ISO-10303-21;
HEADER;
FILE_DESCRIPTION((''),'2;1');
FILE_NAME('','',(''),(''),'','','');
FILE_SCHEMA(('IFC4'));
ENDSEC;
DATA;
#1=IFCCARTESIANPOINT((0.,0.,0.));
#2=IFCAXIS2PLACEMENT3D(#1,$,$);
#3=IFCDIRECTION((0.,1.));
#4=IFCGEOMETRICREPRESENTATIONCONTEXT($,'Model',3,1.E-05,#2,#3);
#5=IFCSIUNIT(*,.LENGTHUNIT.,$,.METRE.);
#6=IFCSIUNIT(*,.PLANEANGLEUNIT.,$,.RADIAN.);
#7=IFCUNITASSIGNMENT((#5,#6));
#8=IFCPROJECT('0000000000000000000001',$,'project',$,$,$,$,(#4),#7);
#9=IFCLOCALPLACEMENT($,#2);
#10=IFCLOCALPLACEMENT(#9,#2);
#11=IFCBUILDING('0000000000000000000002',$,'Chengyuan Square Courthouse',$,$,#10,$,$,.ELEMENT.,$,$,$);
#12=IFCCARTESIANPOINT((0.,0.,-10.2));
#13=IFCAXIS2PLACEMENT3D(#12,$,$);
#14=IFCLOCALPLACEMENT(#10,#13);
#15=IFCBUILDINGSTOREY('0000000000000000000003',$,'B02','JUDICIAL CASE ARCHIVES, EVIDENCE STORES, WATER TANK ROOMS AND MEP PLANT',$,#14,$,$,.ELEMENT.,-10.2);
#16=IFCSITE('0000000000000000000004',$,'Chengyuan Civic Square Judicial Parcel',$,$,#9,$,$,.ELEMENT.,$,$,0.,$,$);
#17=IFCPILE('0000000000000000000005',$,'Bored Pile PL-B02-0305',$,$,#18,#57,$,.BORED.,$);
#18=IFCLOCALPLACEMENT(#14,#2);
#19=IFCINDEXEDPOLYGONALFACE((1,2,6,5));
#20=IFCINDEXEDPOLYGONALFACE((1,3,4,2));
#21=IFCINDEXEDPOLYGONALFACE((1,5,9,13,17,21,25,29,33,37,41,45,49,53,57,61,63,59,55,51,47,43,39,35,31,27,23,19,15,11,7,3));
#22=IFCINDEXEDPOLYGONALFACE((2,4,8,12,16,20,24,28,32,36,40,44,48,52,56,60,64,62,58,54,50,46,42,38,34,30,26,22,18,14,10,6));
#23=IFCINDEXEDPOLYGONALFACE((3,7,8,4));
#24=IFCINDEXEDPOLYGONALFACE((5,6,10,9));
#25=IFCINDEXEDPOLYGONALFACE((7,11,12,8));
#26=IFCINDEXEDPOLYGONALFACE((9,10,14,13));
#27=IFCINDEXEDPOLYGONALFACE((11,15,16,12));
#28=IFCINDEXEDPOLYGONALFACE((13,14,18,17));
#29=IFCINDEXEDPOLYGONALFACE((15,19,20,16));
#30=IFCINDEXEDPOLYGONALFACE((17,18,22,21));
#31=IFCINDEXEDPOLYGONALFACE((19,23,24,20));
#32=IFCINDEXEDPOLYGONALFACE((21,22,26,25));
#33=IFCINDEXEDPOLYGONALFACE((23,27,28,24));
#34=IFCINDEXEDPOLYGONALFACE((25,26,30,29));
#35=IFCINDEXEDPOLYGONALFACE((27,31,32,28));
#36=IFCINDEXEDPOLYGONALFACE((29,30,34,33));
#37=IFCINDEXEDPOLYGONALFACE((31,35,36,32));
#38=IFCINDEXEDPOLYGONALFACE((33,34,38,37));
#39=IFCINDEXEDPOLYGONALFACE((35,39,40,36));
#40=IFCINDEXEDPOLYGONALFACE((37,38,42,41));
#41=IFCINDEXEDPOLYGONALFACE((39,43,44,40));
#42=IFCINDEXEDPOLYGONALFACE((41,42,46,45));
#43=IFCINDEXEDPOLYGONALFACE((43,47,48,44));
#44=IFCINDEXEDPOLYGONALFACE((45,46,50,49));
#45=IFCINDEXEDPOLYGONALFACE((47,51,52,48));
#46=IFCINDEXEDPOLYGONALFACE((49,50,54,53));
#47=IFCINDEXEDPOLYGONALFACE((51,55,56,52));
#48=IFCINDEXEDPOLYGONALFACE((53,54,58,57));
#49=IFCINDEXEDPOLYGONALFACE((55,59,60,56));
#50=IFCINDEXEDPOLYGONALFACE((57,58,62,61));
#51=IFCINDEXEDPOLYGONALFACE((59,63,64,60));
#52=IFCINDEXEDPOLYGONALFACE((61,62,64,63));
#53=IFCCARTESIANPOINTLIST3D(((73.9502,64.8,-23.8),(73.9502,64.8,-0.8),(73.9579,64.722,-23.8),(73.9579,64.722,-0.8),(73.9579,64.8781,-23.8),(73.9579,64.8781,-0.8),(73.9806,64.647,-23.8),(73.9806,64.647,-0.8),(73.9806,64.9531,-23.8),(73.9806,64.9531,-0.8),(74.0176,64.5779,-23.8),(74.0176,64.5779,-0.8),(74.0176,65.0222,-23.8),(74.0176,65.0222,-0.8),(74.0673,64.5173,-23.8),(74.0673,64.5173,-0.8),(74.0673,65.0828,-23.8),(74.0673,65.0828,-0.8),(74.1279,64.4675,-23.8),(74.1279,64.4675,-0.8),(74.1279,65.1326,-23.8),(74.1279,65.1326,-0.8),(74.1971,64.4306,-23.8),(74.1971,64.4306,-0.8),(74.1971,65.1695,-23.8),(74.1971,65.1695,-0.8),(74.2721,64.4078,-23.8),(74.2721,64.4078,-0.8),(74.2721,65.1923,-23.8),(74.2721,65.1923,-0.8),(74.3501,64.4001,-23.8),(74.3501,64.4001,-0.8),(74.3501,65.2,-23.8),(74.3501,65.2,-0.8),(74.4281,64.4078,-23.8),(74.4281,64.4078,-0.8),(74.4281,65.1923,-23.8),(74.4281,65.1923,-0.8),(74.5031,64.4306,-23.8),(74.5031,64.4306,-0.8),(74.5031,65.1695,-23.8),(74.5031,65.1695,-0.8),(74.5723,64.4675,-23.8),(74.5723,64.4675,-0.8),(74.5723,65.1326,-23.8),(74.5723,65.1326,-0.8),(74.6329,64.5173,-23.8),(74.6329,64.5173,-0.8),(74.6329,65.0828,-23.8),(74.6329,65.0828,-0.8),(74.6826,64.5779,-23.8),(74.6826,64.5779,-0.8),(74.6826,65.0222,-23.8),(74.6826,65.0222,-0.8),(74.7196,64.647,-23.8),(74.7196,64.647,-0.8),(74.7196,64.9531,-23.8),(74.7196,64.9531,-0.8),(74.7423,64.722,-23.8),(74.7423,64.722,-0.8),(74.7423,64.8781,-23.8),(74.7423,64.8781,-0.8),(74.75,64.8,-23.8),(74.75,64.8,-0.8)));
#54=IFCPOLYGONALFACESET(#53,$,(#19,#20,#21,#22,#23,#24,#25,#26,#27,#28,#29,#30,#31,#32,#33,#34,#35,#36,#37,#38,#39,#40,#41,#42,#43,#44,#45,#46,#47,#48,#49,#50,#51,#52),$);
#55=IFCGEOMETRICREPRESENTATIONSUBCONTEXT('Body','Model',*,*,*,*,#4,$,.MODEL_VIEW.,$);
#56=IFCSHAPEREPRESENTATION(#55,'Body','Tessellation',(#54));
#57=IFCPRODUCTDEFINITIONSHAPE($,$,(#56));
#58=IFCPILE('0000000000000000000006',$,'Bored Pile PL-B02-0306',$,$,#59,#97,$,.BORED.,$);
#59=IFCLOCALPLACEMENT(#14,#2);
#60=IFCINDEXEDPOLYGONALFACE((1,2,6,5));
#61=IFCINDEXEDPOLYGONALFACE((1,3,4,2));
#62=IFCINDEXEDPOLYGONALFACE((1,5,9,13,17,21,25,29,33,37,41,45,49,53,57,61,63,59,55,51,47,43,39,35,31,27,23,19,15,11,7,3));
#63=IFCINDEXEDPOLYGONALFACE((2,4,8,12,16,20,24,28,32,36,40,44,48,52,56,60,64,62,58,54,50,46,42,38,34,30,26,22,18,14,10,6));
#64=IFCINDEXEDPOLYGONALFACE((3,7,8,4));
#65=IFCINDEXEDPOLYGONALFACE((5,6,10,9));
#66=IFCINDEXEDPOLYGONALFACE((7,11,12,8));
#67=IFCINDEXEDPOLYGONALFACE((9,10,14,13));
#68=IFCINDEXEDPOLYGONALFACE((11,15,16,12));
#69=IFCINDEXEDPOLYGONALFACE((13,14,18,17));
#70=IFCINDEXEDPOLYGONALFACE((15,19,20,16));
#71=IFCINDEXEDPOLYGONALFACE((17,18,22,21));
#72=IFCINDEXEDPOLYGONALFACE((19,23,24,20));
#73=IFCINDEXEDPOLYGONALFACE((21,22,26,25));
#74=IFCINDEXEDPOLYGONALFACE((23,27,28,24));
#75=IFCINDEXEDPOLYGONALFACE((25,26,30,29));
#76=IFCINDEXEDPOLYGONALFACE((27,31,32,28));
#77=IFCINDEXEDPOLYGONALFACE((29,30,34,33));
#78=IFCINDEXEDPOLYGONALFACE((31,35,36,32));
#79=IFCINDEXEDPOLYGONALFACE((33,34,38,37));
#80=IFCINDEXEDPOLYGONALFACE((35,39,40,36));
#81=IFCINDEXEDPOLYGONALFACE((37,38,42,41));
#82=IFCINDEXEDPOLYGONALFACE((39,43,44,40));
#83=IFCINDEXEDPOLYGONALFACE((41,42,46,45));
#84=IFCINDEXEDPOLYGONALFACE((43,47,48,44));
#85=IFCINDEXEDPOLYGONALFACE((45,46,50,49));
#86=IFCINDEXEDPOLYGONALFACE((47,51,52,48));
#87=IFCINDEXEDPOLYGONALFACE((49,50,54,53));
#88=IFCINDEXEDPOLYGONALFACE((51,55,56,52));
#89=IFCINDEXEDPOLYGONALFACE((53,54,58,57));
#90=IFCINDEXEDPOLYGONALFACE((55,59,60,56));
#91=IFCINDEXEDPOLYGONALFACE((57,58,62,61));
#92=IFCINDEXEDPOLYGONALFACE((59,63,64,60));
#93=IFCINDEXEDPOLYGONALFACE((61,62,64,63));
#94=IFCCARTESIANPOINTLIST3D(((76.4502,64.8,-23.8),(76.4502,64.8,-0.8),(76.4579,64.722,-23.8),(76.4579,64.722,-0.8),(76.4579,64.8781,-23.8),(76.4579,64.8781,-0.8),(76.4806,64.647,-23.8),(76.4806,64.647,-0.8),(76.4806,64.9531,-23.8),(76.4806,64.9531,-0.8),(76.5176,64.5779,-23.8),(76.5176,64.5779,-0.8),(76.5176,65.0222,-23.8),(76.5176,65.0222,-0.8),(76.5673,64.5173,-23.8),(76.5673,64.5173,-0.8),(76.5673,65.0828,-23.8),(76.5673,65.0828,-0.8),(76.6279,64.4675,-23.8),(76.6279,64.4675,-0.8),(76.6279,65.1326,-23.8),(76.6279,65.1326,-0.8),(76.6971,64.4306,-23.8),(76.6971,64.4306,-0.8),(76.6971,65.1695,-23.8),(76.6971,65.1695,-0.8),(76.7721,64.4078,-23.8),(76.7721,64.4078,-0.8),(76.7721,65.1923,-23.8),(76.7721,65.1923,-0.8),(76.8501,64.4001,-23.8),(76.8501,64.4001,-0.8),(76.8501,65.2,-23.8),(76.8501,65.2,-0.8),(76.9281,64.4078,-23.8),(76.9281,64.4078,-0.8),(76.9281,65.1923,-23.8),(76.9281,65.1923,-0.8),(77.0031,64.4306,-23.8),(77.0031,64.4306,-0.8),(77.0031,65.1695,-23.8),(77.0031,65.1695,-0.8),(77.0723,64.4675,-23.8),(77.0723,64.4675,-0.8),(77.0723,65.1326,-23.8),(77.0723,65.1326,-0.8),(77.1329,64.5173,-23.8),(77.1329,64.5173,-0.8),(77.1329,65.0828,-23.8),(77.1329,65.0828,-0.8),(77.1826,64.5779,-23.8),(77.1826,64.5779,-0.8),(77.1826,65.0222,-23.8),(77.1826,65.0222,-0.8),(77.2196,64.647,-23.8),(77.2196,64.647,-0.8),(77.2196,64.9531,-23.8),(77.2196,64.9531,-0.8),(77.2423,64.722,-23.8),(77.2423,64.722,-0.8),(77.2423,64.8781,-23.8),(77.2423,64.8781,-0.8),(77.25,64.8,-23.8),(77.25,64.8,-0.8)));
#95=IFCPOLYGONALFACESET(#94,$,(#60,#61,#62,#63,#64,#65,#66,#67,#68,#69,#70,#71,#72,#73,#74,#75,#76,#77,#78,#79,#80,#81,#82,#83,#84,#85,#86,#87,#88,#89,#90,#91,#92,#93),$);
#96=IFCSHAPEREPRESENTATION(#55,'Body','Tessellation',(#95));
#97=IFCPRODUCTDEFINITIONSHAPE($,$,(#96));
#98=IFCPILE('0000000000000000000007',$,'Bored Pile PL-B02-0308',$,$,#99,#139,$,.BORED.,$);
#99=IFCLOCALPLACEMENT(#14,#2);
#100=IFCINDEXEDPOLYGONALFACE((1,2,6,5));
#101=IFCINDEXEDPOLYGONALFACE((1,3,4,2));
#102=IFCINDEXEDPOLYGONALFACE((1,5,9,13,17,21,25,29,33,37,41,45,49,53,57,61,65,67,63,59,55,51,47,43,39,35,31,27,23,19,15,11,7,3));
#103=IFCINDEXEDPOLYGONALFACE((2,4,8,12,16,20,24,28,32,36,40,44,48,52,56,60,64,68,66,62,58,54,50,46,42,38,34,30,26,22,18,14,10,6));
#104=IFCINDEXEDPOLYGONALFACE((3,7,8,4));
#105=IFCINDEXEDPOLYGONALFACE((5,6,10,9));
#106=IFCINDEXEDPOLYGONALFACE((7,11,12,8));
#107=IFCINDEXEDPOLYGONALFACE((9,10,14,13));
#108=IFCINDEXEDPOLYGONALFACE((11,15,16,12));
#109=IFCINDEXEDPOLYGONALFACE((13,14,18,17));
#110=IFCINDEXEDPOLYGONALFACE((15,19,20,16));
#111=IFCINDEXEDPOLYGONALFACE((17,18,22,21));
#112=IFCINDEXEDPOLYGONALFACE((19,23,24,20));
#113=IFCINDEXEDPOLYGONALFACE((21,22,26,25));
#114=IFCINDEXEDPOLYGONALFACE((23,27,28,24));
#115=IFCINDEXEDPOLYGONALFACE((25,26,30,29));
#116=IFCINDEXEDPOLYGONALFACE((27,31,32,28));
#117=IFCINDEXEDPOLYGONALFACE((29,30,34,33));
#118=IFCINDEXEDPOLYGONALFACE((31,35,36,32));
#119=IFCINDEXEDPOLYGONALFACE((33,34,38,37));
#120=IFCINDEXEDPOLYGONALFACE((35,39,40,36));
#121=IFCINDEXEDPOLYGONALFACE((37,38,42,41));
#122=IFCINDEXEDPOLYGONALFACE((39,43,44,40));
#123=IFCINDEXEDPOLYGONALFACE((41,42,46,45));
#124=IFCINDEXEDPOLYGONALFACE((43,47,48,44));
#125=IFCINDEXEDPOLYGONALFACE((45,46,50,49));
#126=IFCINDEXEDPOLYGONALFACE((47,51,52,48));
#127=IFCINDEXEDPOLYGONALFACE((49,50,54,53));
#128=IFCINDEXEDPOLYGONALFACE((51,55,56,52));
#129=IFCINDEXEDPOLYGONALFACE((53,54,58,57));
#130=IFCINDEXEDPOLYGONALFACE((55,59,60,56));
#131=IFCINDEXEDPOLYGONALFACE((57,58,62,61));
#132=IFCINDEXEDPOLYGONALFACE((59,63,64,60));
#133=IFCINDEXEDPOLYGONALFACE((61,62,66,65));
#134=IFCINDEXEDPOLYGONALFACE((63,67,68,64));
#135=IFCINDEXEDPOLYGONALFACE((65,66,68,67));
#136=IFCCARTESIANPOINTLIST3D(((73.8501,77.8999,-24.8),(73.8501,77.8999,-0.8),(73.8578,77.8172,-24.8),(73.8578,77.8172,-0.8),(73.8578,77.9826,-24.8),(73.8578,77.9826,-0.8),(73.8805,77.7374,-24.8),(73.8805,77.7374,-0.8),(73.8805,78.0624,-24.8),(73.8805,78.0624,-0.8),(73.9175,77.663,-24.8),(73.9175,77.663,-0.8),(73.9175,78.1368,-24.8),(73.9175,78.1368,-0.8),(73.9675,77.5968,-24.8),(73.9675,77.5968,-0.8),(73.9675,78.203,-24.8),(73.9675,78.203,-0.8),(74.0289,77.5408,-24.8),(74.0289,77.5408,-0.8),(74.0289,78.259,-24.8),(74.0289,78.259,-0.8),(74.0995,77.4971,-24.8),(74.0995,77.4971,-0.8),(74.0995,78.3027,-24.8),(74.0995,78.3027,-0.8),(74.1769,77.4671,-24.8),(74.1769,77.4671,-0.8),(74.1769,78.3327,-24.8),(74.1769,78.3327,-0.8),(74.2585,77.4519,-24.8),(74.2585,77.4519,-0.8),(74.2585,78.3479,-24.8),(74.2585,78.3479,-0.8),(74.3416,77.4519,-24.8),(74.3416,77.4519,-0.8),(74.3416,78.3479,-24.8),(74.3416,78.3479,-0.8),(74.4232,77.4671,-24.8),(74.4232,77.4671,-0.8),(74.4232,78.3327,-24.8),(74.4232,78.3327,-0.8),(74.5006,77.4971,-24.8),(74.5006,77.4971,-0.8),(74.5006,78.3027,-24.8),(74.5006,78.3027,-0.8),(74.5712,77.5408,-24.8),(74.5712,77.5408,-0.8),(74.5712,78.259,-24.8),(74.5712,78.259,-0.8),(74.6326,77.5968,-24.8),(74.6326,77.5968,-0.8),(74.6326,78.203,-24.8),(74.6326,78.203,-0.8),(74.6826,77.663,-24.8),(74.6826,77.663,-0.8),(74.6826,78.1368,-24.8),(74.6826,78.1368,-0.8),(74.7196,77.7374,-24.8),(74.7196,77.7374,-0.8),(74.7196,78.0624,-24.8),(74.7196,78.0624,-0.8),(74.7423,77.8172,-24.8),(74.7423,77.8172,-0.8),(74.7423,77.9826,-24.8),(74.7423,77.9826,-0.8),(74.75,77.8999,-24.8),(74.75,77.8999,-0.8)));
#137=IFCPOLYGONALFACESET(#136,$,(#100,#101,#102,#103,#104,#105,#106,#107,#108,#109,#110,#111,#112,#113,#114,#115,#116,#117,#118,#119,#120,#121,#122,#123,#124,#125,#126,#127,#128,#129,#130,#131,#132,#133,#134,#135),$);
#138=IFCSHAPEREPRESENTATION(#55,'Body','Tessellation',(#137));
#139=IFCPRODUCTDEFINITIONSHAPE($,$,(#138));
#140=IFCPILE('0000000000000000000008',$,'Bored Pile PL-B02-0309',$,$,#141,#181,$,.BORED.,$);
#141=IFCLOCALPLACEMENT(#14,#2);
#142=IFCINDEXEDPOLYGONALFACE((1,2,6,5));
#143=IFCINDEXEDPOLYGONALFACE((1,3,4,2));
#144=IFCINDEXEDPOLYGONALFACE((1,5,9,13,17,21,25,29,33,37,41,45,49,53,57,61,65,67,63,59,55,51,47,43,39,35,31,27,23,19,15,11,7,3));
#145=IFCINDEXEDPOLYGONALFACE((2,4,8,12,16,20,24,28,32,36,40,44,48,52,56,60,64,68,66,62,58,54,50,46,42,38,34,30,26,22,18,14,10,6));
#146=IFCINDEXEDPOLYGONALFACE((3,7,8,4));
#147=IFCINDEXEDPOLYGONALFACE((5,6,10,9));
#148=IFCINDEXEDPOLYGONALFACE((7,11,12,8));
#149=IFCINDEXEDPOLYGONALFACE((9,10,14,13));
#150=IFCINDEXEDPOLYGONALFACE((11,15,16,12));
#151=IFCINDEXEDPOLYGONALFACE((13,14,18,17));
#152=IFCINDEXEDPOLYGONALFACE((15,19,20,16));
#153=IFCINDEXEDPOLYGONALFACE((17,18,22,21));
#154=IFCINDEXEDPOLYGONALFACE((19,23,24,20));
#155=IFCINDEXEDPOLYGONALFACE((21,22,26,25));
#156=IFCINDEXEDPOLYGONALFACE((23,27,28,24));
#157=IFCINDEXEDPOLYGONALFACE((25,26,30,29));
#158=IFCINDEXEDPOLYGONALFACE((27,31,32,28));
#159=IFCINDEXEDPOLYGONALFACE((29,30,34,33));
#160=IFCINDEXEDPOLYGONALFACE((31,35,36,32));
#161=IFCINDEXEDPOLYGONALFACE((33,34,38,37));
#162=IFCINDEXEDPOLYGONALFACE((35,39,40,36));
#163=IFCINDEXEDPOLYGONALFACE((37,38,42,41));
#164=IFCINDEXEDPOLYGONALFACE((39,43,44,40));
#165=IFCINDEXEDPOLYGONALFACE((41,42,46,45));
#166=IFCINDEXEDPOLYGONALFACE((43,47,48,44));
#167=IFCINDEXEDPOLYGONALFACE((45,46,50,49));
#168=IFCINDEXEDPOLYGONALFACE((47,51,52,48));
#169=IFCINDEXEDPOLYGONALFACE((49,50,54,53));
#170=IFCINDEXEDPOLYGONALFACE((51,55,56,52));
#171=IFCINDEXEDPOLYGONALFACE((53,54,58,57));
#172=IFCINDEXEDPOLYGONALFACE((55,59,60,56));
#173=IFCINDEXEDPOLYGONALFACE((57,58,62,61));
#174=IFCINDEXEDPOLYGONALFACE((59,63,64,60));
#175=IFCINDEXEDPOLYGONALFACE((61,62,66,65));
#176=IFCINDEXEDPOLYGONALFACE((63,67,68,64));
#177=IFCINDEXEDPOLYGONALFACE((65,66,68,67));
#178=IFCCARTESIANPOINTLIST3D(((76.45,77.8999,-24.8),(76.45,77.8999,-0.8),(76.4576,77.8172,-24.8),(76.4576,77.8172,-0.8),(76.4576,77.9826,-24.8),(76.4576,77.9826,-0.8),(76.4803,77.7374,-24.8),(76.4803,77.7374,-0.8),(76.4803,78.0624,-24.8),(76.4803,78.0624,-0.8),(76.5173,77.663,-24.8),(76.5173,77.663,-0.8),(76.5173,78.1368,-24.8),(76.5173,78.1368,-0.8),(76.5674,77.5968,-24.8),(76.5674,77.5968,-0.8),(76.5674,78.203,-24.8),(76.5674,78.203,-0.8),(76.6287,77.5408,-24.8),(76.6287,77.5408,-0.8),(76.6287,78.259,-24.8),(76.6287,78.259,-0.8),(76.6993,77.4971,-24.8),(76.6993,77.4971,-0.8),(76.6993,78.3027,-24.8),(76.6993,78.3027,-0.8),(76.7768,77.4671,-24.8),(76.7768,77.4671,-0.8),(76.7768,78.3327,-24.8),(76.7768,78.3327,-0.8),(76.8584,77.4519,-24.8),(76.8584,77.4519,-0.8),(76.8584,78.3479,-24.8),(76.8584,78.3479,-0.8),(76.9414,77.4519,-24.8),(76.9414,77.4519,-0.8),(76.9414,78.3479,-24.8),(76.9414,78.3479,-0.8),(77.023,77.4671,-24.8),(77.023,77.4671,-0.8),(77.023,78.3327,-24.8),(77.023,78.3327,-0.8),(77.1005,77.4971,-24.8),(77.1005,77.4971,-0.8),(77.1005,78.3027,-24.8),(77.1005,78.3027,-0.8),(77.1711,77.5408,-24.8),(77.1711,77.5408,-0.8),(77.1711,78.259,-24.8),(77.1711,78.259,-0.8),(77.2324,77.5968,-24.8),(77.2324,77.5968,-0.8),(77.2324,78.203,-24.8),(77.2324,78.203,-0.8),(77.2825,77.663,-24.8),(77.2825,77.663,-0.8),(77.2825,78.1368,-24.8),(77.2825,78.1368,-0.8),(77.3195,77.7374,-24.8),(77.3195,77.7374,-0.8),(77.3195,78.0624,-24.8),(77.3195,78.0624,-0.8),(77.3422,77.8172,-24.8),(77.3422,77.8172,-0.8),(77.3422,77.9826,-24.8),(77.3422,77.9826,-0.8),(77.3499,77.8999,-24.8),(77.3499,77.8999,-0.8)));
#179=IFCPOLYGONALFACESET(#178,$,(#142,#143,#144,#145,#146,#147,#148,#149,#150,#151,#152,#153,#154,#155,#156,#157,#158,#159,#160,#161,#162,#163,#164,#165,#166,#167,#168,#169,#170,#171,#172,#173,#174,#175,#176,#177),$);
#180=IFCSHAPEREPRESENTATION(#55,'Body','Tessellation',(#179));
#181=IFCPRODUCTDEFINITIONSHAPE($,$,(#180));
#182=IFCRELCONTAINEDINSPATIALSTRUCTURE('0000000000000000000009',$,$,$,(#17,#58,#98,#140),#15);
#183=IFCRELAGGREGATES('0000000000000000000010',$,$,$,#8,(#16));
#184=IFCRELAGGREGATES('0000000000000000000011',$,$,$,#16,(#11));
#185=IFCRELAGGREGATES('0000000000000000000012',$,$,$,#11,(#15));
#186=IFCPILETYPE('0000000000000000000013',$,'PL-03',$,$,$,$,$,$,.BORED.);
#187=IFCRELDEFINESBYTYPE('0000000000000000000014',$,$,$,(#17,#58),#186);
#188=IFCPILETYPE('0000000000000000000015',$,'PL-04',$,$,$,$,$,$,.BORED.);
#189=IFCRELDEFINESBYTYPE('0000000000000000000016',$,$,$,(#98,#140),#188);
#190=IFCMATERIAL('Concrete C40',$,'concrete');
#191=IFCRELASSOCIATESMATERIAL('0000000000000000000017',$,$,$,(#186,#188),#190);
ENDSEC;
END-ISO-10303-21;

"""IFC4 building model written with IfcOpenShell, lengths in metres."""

from ifc_helpers import new_model, si_unit, direction, frame, origin, origin_2d, place, context, subcontext, project, spatial, circle, extrude, material, material_profile, profile_set, type_object, element, save


model = new_model("IFC4")

# Units and contexts
model_context = context("Model", 3, precision=1e-05, world=origin(), true_north=direction((0.0, 1.0)))
body_context = subcontext(model_context, "Body", "Model", "MODEL_VIEW")
ifc_project = project(units=[si_unit("LENGTHUNIT", "METRE"), si_unit("PLANEANGLEUNIT", "RADIAN")], contexts=[model_context])

# Site, building, storey
site_placement = place(None, origin())
site = spatial("IfcSite", under=ifc_project, at=site_placement, Name="Chengyuan Civic Square Judicial Parcel", CompositionType="ELEMENT", RefElevation=0.0)
building_placement = place(site_placement, origin())
building = spatial("IfcBuilding", under=site, at=building_placement, Name="Chengyuan Square Courthouse", CompositionType="ELEMENT")
storey_placement = place(building_placement, frame((0.0, 0.0, -10.2)))
storey = spatial("IfcBuildingStorey", under=building, at=storey_placement, Name="B02", Description="JUDICIAL CASE ARCHIVES, EVIDENCE STORES, WATER TANK ROOMS AND MEP PLANT", CompositionType="ELEMENT", Elevation=-10.2)

# Shared definitions
ifc_material_1 = material(Name="Concrete C40", Category="concrete")

# Piles
ifc_material_profile_1 = material_profile(ifc_material_1, circle(Radius=0.3999, at=origin_2d()), Name="BORED PILE D800")
ifc_profile_set_1 = profile_set([ifc_material_profile_1], Name="Concrete C40")
pile_type_1 = type_object("IfcPileType", Name="PL-03", PredefinedType="BORED", material=ifc_profile_set_1)
for number, where, z_axis, x_axis, name in (
    (1, (74.3501, 64.8, -0.8), (0.0, 0.0, -1.0), (1.0, 0.0, 0.0), "Bored Pile PL-B02-0305"),
    (2, (76.8501, 64.8, -0.8), (0.0, 0.0, -1.0), (1.0, 0.0, 0.0), "Bored Pile PL-B02-0306"),
):
    element("IfcPile", number, at=place(storey_placement, frame(where, z_axis=z_axis, x_axis=x_axis)), inside=storey, type_object=pile_type_1, Name=name, PredefinedType="BORED", context=body_context, shape_type="SweptSolid", body=[
        extrude(circle(Radius=0.3999, at=origin_2d()), origin(), (0.0, 0.0, 1.0), 23.0),
    ])
ifc_material_profile_2 = material_profile(ifc_material_1, circle(Radius=0.45, at=origin_2d()), Name="BORED PILE D900")
ifc_profile_set_2 = profile_set([ifc_material_profile_2], Name="Concrete C40")
pile_type_2 = type_object("IfcPileType", Name="PL-04", PredefinedType="BORED", material=ifc_profile_set_2)
for number, where, z_axis, x_axis, name in (
    (3, (74.3, 77.8999, -0.8), (0.0, 0.0, -1.0), (1.0, 0.0, 0.0), "Bored Pile PL-B02-0308"),
    (4, (76.8999, 77.8999, -0.8), (0.0, 0.0, -1.0), (1.0, 0.0, 0.0), "Bored Pile PL-B02-0309"),
):
    element("IfcPile", number, at=place(storey_placement, frame(where, z_axis=z_axis, x_axis=x_axis)), inside=storey, type_object=pile_type_2, Name=name, PredefinedType="BORED", context=body_context, shape_type="SweptSolid", body=[
        extrude(circle(Radius=0.45, at=origin_2d()), origin(), (0.0, 0.0, 1.0), 24.0),
    ])

save(model, "model.ifc")
